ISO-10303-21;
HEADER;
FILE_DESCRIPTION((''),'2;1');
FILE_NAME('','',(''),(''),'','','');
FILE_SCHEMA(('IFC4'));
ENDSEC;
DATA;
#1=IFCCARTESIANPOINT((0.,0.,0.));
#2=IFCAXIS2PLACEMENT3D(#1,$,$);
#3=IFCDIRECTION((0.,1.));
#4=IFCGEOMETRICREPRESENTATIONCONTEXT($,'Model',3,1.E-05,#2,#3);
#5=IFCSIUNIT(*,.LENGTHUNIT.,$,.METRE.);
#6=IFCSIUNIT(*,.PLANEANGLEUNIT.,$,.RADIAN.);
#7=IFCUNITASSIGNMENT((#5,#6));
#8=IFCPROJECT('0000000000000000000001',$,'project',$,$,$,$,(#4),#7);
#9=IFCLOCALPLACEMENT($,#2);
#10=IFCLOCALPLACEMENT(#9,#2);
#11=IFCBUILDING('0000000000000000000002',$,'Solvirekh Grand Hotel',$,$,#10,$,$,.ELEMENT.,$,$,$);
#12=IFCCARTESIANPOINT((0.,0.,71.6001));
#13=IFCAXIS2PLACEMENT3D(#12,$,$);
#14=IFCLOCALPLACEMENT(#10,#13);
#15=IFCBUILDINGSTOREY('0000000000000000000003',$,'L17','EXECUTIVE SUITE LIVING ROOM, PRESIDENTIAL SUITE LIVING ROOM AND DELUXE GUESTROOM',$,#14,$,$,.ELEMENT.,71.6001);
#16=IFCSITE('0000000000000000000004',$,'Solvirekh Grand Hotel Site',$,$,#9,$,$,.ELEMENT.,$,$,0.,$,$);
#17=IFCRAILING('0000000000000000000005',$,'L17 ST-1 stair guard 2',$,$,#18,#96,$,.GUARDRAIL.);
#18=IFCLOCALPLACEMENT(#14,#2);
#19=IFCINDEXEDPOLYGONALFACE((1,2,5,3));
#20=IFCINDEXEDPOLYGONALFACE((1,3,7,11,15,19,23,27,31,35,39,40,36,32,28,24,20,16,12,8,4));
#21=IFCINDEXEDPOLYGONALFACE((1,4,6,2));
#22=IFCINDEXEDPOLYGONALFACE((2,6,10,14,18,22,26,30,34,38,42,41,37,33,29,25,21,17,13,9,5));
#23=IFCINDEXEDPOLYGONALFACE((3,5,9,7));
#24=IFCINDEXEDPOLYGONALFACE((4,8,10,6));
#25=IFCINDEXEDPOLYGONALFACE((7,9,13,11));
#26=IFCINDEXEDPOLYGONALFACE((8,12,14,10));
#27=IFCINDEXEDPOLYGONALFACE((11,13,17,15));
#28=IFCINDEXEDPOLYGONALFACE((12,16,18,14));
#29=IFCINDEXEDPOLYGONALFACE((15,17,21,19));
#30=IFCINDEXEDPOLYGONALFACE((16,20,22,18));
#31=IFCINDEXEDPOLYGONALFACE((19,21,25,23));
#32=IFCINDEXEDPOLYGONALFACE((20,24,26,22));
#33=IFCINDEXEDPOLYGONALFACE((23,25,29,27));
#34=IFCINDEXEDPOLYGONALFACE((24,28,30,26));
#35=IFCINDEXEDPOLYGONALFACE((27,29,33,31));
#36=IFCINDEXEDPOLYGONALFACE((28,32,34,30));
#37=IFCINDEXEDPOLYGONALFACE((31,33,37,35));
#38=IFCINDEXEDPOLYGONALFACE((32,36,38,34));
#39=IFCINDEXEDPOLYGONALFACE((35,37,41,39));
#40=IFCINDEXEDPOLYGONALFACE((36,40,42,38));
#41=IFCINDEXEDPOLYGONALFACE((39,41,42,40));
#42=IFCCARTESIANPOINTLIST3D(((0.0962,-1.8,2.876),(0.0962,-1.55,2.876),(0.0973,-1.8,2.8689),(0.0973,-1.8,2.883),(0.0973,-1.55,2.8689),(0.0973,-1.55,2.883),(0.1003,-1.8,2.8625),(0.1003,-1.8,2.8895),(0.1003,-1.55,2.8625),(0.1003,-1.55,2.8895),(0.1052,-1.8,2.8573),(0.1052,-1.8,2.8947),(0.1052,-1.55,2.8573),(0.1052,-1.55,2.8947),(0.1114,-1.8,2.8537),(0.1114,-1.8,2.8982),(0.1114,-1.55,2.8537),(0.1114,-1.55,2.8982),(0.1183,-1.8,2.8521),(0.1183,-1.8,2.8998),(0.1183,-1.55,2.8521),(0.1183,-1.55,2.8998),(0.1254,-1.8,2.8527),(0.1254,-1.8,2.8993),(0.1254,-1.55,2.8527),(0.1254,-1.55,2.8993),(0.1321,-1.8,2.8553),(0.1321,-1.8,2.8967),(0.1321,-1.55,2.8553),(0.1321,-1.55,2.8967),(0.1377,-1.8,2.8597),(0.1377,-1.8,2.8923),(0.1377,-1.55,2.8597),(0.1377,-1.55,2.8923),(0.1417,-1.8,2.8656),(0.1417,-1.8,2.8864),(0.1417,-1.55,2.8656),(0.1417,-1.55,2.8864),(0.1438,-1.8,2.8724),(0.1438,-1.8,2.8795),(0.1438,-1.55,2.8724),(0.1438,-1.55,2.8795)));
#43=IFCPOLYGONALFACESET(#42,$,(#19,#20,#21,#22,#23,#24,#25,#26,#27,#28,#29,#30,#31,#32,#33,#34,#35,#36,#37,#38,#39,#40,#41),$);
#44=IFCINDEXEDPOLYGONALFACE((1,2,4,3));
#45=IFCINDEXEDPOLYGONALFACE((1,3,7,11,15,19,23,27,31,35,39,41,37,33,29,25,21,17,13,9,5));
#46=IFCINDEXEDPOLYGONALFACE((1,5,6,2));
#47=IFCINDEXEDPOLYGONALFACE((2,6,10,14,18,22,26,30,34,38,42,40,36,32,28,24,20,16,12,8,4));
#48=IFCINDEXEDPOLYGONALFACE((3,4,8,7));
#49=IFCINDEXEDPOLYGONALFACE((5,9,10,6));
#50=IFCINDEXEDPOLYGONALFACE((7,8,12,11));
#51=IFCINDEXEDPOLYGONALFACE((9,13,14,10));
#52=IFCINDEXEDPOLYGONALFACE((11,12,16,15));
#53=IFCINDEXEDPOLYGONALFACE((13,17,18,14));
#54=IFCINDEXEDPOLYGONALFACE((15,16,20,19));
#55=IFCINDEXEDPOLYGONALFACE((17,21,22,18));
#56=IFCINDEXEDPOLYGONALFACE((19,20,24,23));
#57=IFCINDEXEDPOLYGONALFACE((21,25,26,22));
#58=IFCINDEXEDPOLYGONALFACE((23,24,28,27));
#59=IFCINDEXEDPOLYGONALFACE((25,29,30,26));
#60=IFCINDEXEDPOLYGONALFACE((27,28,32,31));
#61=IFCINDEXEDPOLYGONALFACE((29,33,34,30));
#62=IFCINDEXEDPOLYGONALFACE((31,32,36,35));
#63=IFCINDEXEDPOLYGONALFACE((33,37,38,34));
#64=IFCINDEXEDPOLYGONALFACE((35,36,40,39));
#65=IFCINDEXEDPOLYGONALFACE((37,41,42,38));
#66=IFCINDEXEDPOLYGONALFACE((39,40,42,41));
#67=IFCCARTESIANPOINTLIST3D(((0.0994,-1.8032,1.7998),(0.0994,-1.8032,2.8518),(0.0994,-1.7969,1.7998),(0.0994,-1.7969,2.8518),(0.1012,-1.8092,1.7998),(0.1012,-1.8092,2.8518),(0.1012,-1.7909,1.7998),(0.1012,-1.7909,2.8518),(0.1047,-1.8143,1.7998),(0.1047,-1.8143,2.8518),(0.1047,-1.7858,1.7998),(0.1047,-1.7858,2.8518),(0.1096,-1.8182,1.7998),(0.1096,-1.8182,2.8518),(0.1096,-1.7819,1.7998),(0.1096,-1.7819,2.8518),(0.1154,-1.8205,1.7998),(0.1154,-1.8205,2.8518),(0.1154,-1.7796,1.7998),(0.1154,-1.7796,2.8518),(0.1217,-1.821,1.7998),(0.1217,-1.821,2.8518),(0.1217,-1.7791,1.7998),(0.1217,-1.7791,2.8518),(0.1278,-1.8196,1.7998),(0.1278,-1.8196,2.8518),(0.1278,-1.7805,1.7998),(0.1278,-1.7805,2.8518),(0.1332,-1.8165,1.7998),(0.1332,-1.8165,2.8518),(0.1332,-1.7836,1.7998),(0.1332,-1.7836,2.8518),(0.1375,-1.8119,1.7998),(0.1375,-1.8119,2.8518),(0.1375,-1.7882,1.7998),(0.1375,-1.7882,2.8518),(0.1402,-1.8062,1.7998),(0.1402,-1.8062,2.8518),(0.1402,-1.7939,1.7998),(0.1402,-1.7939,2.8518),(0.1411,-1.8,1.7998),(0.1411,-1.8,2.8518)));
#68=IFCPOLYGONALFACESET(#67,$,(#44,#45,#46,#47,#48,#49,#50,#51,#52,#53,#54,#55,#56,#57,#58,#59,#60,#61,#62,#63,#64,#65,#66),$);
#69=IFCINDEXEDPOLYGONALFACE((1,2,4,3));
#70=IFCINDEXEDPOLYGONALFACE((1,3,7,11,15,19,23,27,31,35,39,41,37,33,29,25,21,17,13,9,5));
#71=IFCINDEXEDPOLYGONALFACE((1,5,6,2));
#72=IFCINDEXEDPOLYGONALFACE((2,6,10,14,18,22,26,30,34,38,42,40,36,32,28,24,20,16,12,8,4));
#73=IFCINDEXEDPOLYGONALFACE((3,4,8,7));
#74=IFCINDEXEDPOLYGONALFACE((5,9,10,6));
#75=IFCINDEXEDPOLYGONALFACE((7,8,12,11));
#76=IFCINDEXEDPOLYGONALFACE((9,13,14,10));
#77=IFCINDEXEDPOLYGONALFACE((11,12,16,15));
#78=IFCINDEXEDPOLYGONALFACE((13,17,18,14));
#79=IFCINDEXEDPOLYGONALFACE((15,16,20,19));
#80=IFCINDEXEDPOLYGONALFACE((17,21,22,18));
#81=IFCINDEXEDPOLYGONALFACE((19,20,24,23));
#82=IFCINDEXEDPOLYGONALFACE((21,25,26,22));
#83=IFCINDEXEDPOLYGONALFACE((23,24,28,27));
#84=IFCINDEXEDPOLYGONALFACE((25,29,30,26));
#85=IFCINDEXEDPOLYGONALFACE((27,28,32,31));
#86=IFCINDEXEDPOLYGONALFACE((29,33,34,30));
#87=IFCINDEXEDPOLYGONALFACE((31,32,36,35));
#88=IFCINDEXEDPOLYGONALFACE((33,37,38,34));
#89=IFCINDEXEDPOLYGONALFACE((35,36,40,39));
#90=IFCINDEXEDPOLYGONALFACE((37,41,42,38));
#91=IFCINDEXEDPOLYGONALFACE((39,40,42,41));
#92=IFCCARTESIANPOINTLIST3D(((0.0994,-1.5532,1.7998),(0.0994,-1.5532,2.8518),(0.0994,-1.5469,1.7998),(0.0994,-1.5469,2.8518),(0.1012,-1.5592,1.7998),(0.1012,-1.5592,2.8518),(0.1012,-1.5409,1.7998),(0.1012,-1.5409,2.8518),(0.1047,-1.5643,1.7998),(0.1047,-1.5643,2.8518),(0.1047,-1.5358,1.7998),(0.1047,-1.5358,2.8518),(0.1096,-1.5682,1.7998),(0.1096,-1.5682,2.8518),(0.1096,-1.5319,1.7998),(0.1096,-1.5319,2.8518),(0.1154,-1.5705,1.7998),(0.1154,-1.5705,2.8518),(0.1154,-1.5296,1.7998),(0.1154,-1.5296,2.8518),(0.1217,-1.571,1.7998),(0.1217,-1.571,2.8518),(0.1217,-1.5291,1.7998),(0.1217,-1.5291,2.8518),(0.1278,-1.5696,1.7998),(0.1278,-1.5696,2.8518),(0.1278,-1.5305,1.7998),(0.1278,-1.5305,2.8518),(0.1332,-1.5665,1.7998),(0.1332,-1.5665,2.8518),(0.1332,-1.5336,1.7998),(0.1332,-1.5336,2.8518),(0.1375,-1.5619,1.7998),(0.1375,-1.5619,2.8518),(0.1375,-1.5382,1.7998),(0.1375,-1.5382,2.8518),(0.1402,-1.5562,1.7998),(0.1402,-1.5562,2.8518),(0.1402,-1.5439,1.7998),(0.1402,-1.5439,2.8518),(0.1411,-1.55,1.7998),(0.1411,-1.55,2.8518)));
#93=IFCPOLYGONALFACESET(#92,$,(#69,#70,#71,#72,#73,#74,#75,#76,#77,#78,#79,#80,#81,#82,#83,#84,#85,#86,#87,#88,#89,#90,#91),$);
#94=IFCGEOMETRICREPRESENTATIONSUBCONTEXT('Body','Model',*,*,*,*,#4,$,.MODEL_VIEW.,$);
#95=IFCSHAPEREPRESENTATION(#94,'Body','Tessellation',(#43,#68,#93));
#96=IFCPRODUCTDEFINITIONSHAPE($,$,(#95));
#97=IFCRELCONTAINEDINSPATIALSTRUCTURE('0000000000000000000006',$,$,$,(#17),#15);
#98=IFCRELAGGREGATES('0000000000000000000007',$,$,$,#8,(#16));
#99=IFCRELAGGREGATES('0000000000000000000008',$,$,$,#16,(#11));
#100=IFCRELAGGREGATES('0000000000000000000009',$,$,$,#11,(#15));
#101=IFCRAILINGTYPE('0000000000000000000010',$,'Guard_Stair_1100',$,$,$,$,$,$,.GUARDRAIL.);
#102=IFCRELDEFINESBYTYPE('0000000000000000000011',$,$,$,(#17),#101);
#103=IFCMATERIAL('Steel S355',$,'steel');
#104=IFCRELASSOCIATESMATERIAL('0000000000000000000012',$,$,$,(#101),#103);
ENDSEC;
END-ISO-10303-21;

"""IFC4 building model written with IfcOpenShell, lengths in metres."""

from ifc_helpers import new_model, si_unit, direction, frame, origin, origin_2d, place, context, subcontext, project, spatial, circle, extrude, material, type_object, element, save


model = new_model("IFC4")

# Units and contexts
model_context = context("Model", 3, precision=1e-05, world=origin(), true_north=direction((0.0, 1.0)))
body_context = subcontext(model_context, "Body", "Model", "MODEL_VIEW")
ifc_project = project(units=[si_unit("LENGTHUNIT", "METRE"), si_unit("PLANEANGLEUNIT", "RADIAN")], contexts=[model_context])

# Site, building, storey
site_placement = place(None, origin())
site = spatial("IfcSite", under=ifc_project, at=site_placement, Name="Solvirekh Grand Hotel Site", CompositionType="ELEMENT", RefElevation=0.0)
building_placement = place(site_placement, origin())
building = spatial("IfcBuilding", under=site, at=building_placement, Name="Solvirekh Grand Hotel", CompositionType="ELEMENT")
storey_placement = place(building_placement, frame((0.0, 0.0, 71.6001)))
storey = spatial("IfcBuildingStorey", under=building, at=storey_placement, Name="L17", Description="EXECUTIVE SUITE LIVING ROOM, PRESIDENTIAL SUITE LIVING ROOM AND DELUXE GUESTROOM", CompositionType="ELEMENT", Elevation=71.6001)

# Shared definitions
ifc_material_1 = material(Name="Steel S355", Category="steel")

# Railing
railing_type_1 = type_object("IfcRailingType", Name="Guard_Stair_1100", PredefinedType="GUARDRAIL", material=ifc_material_1)
railing_1_placement = place(storey_placement, frame((0.1201, -1.8, 1.7998)))
element("IfcRailing", 1, at=railing_1_placement, inside=storey, type_object=railing_type_1, Name="L17 ST-1 stair guard 2", PredefinedType="GUARDRAIL", context=body_context, shape_type="SweptSolid", body=[
    extrude(circle(Radius=0.0239, at=origin_2d()), frame((0.0, 0.0, 1.0762), z_axis=(0.0, 1.0, 0.0), x_axis=(-1.0, 0.0, 0.0)), (0.0, 0.0, 1.0), 0.25),
    extrude(circle(Radius=0.021, at=origin_2d()), origin(), (0.0, 0.0, 1.0), 1.052),
    extrude(circle(Radius=0.021, at=origin_2d()), frame((0.0, 0.25, 0.0)), (0.0, 0.0, 1.0), 1.052),
])

save(model, "model.ifc")
